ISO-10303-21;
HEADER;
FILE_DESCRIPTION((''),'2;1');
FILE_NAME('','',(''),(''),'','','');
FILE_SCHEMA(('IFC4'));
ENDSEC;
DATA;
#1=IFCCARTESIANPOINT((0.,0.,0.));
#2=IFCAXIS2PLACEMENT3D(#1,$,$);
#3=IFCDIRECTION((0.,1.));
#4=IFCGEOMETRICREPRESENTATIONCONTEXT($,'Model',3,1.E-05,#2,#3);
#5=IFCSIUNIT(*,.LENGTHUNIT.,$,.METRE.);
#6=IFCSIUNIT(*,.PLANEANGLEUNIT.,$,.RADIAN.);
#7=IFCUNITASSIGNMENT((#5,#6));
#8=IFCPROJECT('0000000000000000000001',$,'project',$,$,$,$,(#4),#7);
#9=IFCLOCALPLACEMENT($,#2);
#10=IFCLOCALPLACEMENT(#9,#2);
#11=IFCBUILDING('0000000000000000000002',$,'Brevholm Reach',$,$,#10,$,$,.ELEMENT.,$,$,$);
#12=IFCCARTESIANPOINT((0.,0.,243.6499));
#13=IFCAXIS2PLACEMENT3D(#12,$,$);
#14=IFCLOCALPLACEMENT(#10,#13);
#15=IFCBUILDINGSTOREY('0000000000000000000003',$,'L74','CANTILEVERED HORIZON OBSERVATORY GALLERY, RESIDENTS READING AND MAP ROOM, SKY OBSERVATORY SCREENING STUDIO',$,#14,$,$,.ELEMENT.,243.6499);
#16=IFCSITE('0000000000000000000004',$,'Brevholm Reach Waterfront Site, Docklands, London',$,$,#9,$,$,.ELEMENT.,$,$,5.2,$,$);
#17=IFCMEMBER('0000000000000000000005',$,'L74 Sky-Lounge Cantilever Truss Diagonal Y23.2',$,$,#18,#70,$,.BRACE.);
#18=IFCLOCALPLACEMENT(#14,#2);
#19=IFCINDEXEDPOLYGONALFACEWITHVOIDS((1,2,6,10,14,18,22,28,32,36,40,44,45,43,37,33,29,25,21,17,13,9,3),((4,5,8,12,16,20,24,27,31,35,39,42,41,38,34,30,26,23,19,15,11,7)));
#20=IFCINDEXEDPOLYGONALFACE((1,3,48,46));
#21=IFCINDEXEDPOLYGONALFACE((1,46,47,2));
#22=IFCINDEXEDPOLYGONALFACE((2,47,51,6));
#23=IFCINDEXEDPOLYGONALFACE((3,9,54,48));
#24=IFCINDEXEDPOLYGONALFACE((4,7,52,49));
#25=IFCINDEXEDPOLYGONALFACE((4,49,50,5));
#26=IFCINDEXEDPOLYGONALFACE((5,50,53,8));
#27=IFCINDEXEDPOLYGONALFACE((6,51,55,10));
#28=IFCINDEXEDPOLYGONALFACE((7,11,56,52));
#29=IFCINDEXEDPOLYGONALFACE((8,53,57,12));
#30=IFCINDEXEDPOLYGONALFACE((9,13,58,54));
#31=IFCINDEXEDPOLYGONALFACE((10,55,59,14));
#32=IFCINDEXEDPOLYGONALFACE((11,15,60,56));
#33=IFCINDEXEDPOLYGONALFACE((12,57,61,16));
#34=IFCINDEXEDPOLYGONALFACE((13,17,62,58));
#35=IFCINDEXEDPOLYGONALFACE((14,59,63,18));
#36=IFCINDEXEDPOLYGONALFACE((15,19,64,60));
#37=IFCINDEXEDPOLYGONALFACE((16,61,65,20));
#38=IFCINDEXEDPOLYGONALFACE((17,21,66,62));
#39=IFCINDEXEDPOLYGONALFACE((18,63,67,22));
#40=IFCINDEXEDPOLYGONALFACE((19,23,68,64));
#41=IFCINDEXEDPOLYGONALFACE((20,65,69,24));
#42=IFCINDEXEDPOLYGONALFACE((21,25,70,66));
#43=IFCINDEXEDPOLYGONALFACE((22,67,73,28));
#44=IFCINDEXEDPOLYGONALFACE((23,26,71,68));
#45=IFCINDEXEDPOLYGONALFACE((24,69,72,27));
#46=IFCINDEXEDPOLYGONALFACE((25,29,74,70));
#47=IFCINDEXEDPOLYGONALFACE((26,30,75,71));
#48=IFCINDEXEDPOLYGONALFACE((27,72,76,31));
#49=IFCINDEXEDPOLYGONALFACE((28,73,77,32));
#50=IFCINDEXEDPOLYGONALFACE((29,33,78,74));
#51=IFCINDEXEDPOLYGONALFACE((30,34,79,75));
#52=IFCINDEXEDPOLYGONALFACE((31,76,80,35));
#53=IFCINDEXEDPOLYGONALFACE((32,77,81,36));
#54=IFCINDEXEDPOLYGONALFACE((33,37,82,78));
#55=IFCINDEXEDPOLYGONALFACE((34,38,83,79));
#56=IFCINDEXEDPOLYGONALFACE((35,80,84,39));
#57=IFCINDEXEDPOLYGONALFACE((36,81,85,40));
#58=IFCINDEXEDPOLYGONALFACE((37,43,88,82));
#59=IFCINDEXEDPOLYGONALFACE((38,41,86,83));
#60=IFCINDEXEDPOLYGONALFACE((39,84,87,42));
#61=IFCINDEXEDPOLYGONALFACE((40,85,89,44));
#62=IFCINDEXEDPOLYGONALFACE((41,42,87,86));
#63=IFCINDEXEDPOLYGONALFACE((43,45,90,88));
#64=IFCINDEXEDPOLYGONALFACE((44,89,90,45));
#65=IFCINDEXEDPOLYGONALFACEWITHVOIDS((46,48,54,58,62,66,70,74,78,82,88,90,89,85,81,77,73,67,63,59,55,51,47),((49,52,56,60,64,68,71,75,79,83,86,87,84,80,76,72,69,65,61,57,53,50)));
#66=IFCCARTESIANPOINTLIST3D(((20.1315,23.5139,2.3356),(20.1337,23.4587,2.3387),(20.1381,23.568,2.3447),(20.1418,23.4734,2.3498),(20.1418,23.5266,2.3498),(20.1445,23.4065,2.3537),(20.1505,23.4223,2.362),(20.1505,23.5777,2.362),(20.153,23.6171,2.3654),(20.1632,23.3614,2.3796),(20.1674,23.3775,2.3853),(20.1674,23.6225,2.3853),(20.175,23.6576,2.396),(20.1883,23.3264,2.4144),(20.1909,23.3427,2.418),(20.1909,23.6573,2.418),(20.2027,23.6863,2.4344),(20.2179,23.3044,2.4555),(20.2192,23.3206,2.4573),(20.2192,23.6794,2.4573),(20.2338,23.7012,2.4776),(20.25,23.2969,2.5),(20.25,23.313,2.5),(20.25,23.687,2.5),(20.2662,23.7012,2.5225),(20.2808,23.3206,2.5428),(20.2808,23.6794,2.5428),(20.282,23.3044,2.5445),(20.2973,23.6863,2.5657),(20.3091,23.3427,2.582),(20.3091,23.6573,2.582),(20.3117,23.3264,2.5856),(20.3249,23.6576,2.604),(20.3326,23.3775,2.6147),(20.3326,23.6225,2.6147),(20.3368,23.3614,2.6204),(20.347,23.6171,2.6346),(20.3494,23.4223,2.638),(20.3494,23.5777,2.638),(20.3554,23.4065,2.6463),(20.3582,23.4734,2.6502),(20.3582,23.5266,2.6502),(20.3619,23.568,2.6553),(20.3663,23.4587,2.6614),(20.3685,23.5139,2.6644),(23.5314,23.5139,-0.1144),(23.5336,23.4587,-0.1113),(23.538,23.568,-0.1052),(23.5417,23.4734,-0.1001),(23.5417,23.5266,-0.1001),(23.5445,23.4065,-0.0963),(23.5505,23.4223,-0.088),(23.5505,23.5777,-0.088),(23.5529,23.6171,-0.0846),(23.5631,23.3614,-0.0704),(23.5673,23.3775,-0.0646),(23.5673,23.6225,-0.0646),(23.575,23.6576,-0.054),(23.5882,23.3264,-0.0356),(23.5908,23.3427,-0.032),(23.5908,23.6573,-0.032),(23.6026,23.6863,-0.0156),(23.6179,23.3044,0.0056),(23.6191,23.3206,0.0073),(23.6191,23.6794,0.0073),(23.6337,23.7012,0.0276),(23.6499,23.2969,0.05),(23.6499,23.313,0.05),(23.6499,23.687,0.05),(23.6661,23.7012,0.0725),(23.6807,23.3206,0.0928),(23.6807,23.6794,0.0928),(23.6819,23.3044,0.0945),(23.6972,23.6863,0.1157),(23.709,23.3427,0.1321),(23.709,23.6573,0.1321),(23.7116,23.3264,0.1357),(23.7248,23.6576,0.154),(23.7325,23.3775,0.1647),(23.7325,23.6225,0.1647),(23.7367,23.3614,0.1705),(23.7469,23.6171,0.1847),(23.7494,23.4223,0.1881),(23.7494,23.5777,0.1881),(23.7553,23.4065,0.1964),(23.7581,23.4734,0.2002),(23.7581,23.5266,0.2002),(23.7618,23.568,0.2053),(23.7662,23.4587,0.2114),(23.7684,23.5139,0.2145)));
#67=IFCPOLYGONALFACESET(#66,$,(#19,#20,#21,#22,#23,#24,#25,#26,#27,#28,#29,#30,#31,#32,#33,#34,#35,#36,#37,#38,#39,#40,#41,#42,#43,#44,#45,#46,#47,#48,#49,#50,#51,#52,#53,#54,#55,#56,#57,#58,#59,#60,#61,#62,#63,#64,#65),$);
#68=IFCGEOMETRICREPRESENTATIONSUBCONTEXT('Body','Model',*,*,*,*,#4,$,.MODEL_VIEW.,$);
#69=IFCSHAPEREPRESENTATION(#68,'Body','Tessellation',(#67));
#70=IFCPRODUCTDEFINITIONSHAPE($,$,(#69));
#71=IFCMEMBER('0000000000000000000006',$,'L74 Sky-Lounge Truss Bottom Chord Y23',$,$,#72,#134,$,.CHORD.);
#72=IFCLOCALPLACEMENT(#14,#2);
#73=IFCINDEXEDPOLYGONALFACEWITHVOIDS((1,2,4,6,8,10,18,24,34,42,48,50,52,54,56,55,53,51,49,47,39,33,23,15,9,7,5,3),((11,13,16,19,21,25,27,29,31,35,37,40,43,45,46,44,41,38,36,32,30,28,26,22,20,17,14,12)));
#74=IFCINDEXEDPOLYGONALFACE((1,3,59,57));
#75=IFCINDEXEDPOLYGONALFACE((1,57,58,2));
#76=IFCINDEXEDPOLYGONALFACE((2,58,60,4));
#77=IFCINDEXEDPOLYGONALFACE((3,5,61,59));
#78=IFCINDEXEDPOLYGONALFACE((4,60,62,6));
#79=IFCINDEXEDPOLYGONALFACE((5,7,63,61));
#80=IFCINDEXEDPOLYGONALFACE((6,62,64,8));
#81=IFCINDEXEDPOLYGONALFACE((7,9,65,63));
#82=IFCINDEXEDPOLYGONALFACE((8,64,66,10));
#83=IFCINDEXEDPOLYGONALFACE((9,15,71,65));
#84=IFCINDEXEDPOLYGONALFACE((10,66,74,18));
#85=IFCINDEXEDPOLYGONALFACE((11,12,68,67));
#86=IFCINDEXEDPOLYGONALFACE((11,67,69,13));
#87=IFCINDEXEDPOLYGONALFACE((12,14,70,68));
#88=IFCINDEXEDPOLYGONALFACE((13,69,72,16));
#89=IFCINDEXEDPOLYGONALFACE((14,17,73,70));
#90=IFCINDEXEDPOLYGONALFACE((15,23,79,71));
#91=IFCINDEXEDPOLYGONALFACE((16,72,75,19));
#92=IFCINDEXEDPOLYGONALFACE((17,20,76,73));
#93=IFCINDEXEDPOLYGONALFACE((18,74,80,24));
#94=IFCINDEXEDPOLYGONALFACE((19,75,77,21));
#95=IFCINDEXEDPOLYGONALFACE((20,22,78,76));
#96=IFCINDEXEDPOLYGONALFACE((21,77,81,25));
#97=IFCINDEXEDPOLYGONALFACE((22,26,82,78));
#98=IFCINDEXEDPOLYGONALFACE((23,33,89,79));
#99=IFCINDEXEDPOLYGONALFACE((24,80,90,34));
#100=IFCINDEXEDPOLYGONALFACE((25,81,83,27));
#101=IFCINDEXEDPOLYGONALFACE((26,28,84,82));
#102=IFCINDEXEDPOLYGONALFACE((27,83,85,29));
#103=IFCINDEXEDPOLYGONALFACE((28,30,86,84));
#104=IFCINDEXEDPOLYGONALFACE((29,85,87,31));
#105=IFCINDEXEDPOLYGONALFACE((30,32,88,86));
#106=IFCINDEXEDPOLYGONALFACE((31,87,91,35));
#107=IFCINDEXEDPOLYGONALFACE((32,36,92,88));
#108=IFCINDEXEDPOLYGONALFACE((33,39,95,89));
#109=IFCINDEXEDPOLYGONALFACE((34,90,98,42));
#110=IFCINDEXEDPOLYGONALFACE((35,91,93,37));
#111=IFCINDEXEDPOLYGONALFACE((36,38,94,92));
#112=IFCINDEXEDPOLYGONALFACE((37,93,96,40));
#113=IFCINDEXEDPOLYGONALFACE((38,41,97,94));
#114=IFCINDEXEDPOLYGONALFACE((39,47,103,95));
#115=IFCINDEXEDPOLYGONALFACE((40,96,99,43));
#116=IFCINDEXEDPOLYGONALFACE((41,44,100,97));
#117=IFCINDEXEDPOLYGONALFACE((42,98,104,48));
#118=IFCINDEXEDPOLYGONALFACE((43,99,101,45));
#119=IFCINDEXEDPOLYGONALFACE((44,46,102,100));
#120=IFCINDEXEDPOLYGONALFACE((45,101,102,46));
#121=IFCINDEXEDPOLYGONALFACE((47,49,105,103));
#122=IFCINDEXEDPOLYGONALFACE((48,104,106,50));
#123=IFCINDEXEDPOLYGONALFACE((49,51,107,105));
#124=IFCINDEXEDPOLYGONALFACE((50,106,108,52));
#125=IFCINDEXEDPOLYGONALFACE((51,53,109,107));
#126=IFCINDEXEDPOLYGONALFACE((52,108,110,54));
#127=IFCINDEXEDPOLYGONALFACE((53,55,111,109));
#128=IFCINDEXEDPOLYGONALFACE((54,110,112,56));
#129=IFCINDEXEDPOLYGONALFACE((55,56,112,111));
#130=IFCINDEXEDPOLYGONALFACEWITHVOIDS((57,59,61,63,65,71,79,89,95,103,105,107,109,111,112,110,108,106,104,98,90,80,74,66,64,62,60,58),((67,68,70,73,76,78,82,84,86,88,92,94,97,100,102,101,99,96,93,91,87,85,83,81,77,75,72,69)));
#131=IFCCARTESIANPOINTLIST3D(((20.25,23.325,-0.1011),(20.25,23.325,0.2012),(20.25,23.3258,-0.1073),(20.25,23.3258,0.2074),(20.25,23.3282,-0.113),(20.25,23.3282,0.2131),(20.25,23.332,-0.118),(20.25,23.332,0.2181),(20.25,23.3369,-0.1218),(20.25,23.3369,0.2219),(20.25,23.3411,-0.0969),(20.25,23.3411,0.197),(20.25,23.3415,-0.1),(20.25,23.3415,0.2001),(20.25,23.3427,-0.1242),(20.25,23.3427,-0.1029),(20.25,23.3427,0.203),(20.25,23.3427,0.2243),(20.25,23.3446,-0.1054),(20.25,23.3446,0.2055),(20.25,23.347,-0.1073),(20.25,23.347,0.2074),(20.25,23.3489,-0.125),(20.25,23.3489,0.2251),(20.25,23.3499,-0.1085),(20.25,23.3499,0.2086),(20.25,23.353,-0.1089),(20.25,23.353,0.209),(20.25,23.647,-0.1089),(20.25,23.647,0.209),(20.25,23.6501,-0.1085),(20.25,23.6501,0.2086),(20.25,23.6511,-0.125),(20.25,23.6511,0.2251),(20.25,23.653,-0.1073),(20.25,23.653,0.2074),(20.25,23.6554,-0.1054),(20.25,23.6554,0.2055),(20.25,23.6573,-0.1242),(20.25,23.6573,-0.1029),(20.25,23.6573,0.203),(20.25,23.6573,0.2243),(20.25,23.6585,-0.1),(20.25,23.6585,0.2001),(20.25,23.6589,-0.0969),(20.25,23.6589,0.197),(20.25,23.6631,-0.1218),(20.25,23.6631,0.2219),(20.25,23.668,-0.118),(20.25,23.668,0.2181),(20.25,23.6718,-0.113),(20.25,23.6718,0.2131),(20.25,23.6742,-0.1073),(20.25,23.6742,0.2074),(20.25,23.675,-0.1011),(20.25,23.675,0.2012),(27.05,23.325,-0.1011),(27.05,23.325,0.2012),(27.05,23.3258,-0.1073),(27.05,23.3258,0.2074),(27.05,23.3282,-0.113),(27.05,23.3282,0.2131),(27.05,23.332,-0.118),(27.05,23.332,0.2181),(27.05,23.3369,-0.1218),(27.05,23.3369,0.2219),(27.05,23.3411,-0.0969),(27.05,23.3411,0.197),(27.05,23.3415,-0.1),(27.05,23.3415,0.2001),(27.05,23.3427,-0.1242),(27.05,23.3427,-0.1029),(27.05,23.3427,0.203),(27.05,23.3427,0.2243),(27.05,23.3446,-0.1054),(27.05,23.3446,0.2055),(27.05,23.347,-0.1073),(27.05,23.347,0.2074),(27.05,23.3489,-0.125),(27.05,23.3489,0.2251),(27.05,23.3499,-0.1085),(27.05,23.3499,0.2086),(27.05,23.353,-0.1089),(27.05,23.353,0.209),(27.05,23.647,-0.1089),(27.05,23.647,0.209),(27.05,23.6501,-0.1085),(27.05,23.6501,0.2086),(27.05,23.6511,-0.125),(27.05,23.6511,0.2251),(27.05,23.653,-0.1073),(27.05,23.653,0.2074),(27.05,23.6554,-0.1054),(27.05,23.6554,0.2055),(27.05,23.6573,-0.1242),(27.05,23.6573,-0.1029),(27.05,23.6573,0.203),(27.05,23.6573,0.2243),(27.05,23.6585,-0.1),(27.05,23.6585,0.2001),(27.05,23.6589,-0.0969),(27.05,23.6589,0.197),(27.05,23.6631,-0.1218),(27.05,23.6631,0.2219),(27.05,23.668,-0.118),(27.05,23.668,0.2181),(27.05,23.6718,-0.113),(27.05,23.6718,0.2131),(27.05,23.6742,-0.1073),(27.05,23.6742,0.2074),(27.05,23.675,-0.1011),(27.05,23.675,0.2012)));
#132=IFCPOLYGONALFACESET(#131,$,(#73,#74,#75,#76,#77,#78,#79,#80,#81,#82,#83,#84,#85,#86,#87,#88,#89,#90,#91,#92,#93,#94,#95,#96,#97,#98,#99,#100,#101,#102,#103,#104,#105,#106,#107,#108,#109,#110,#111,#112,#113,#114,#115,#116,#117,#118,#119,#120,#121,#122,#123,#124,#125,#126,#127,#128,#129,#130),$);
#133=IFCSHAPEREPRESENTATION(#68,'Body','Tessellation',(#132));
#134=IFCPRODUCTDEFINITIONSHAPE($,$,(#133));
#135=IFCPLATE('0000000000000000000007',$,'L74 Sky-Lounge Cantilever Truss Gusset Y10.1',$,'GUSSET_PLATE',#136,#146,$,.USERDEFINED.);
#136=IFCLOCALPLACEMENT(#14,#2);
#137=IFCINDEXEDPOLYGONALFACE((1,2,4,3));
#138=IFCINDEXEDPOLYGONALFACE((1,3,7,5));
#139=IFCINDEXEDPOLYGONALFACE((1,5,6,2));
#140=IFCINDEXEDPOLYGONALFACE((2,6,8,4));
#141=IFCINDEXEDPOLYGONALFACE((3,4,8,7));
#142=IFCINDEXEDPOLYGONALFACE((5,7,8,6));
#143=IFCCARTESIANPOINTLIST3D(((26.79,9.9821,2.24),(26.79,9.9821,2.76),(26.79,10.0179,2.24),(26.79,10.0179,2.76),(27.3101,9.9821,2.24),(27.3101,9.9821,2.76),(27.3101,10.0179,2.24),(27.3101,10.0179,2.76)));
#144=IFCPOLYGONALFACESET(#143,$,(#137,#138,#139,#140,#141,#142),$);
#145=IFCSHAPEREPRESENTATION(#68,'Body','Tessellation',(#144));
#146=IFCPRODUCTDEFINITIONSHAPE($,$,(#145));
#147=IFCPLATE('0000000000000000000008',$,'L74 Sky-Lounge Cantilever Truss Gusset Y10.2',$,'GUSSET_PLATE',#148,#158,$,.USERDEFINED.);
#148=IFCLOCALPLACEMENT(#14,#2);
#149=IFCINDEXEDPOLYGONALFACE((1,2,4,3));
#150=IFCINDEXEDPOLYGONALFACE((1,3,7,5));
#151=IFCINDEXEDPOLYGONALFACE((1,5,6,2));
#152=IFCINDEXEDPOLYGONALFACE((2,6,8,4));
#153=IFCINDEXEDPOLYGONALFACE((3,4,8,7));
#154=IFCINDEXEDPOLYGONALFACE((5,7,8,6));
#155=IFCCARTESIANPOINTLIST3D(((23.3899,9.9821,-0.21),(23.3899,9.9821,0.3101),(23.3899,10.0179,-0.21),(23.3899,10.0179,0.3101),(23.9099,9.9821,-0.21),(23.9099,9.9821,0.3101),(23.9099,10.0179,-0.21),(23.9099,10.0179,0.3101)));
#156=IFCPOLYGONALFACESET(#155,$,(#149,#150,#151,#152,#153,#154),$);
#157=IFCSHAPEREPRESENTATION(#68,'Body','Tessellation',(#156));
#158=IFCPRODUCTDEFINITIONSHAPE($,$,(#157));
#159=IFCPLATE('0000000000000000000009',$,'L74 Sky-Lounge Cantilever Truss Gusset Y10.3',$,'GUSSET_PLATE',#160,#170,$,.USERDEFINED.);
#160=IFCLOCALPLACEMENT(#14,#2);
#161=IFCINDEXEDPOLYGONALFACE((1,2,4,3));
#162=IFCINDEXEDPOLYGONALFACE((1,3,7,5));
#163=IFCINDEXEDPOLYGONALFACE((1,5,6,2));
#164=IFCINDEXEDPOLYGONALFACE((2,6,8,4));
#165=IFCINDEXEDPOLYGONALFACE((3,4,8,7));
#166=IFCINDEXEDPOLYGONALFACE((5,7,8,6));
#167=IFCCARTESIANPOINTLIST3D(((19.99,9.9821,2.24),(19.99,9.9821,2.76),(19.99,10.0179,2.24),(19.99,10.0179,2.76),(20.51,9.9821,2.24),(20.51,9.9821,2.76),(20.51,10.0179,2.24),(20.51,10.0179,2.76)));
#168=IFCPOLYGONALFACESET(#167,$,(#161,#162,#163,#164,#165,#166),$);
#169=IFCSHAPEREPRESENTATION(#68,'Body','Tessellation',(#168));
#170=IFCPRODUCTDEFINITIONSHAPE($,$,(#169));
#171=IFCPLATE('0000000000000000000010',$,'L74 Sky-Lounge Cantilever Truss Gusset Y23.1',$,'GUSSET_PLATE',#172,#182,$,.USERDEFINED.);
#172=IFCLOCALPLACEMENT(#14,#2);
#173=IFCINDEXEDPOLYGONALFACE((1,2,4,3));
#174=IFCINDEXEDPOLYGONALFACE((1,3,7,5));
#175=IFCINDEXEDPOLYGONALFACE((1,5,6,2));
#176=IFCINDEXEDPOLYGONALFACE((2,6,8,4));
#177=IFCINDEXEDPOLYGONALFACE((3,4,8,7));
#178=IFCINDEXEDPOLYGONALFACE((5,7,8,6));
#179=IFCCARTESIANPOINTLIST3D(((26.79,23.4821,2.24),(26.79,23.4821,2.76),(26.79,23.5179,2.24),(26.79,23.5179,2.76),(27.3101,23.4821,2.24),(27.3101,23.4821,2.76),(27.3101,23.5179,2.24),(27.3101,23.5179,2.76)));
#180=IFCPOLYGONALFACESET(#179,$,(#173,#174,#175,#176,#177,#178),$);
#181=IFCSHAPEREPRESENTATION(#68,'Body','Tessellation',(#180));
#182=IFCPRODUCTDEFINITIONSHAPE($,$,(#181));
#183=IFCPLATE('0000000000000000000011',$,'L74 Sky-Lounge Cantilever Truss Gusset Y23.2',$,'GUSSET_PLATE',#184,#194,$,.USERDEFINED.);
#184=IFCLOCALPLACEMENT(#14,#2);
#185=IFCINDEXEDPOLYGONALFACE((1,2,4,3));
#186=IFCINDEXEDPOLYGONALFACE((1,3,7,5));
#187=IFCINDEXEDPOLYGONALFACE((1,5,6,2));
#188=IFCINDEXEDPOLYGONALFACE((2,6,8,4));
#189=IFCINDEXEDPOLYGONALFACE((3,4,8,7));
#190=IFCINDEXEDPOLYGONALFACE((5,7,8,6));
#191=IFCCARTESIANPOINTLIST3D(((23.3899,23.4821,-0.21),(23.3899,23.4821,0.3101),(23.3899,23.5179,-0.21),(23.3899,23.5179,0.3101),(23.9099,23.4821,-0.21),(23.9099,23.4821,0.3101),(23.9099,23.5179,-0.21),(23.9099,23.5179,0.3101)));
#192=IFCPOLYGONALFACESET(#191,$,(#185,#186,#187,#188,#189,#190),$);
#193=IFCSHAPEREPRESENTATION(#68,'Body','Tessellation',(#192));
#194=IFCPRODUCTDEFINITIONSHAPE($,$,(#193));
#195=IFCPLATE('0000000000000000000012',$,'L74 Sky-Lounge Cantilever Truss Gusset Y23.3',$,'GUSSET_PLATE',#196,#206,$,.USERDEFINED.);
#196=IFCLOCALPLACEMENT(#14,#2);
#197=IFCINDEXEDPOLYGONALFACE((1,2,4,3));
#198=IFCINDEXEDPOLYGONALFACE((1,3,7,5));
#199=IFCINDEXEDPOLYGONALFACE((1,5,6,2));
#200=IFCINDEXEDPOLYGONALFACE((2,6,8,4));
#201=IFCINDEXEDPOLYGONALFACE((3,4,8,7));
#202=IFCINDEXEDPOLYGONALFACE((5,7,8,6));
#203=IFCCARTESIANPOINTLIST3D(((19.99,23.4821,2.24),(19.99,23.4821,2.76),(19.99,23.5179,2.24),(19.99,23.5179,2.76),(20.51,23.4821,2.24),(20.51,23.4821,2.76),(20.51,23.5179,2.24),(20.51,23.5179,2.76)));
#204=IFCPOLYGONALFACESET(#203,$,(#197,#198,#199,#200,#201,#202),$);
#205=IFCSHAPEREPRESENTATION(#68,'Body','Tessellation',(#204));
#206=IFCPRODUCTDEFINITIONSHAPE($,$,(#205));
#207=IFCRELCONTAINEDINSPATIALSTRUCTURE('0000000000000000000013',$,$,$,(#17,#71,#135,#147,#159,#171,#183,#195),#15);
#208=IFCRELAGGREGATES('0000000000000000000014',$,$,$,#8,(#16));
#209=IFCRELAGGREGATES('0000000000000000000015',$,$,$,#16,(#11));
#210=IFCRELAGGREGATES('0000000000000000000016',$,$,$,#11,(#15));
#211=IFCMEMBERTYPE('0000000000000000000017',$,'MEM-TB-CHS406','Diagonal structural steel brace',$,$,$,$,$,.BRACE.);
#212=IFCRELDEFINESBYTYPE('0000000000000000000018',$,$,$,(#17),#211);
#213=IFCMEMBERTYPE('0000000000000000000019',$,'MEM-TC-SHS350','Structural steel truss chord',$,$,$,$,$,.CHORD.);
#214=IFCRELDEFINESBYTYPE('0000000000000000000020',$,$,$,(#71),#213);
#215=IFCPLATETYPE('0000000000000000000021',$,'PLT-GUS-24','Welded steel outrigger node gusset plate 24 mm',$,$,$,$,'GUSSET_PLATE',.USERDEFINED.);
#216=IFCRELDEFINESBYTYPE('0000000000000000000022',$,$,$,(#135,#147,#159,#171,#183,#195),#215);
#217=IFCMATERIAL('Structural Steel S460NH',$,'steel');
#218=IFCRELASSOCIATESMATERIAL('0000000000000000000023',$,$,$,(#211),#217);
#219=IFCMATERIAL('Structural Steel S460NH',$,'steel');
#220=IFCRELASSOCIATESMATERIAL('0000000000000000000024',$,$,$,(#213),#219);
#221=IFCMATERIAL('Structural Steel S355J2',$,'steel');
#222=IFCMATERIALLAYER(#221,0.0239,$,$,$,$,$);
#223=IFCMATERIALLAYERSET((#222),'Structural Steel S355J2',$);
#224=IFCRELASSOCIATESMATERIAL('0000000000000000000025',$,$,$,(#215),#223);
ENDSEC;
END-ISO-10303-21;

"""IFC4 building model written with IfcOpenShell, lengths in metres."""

from ifc_helpers import new_model, si_unit, direction, frame, origin, origin_2d, place, context, subcontext, project, spatial, rectangle, hollow_rectangle, hollow_circle, extrude, material, layer, layer_set, material_profile, profile_set, type_object, element, save


model = new_model("IFC4")

# Units and contexts
model_context = context("Model", 3, precision=1e-05, world=origin(), true_north=direction((0.0, 1.0)))
body_context = subcontext(model_context, "Body", "Model", "MODEL_VIEW")
ifc_project = project(units=[si_unit("LENGTHUNIT", "METRE"), si_unit("PLANEANGLEUNIT", "RADIAN")], contexts=[model_context])

# Site, building, storey
site_placement = place(None, origin())
site = spatial("IfcSite", under=ifc_project, at=site_placement, Name="Brevholm Reach Waterfront Site, Docklands, London", CompositionType="ELEMENT", RefElevation=5.2)
building_placement = place(site_placement, origin())
building = spatial("IfcBuilding", under=site, at=building_placement, Name="Brevholm Reach", CompositionType="ELEMENT")
storey_placement = place(building_placement, frame((0.0, 0.0, 243.6499)))
storey = spatial("IfcBuildingStorey", under=building, at=storey_placement, Name="L74", Description="CANTILEVERED HORIZON OBSERVATORY GALLERY, RESIDENTS READING AND MAP ROOM, SKY OBSERVATORY SCREENING STUDIO", CompositionType="ELEMENT", Elevation=243.6499)

# Members
ifc_material_1 = material(Name="Structural Steel S460NH", Category="steel")
ifc_material_profile_1 = material_profile(ifc_material_1, hollow_circle(Radius=0.2031, WallThickness=0.0161, at=origin_2d()), Name="CHS 406.4x16")
ifc_profile_set_1 = profile_set([ifc_material_profile_1], Name="Structural Steel S460NH")
member_type_1 = type_object("IfcMemberType", Name="MEM-TB-CHS406", Description="Diagonal structural steel brace", PredefinedType="BRACE", material=ifc_profile_set_1)
member_1_placement = place(storey_placement, frame((23.6499, 23.5, 0.05), z_axis=(-0.811306, 0.0, 0.584622), x_axis=(0.0, -1.0, 0.0)))
element("IfcMember", 1, at=member_1_placement, inside=storey, type_object=member_type_1, Name="L74 Sky-Lounge Cantilever Truss Diagonal Y23.2", PredefinedType="BRACE", context=body_context, shape_type="SweptSolid", body=[
    extrude(hollow_circle(Radius=0.2031, WallThickness=0.0161, at=origin_2d()), origin(), (0.0, 0.0, 1.0), 4.1907),
])
ifc_material_2 = material(Name="Structural Steel S460NH", Category="steel")
ifc_material_profile_2 = material_profile(ifc_material_2, hollow_rectangle(XDim=0.3501, YDim=0.3501, WallThickness=0.0161, InnerFilletRadius=0.012, OuterFilletRadius=0.0239, at=origin_2d()), Name="SHS 350x350x16")
ifc_profile_set_2 = profile_set([ifc_material_profile_2], Name="Structural Steel S460NH")
member_type_2 = type_object("IfcMemberType", Name="MEM-TC-SHS350", Description="Structural steel truss chord", PredefinedType="CHORD", material=ifc_profile_set_2)
member_2_placement = place(storey_placement, frame((20.25, 23.5, 0.05), z_axis=(1.0, 0.0, 0.0), x_axis=(0.0, 1.0, 0.0)))
element("IfcMember", 2, at=member_2_placement, inside=storey, type_object=member_type_2, Name="L74 Sky-Lounge Truss Bottom Chord Y23", PredefinedType="CHORD", context=body_context, shape_type="SweptSolid", body=[
    extrude(hollow_rectangle(XDim=0.3501, YDim=0.3501, WallThickness=0.0161, InnerFilletRadius=0.012, OuterFilletRadius=0.0239, at=origin_2d()), origin(), (0.0, 0.0, 1.0), 6.8),
])

# Plates
ifc_material_3 = material(Name="Structural Steel S355J2", Category="steel")
ifc_layer_1 = layer(ifc_material_3, 0.0239)
ifc_layer_set_1 = layer_set([ifc_layer_1], Name="Structural Steel S355J2")
plate_type = type_object("IfcPlateType", Name="PLT-GUS-24", Description="Welded steel outrigger node gusset plate 24 mm", ElementType="GUSSET_PLATE", PredefinedType="USERDEFINED", material=ifc_layer_set_1)
for number, where, z_axis, x_axis, name in (
    (3, (27.05, 10.0, 2.24), (0.0, 0.0, 1.0), (1.0, 0.0, 0.0), "L74 Sky-Lounge Cantilever Truss Gusset Y10.1"),
    (4, (23.6499, 10.0, -0.21), (0.0, 0.0, 1.0), (1.0, 0.0, 0.0), "L74 Sky-Lounge Cantilever Truss Gusset Y10.2"),
    (5, (20.25, 10.0, 2.24), (0.0, 0.0, 1.0), (1.0, 0.0, 0.0), "L74 Sky-Lounge Cantilever Truss Gusset Y10.3"),
    (6, (27.05, 23.5, 2.24), (0.0, 0.0, 1.0), (1.0, 0.0, 0.0), "L74 Sky-Lounge Cantilever Truss Gusset Y23.1"),
    (7, (23.6499, 23.5, -0.21), (0.0, 0.0, 1.0), (1.0, 0.0, 0.0), "L74 Sky-Lounge Cantilever Truss Gusset Y23.2"),
    (8, (20.25, 23.5, 2.24), (0.0, 0.0, 1.0), (1.0, 0.0, 0.0), "L74 Sky-Lounge Cantilever Truss Gusset Y23.3"),
):
    element("IfcPlate", number, at=place(storey_placement, frame(where, z_axis=z_axis, x_axis=x_axis)), inside=storey, type_object=plate_type, Name=name, ObjectType="GUSSET_PLATE", PredefinedType="USERDEFINED", context=body_context, shape_type="SweptSolid", body=[
        extrude(rectangle(XDim=0.52, YDim=0.0359, at=origin_2d()), origin(), (0.0, 0.0, 1.0), 0.52),
    ])

save(model, "model.ifc")
